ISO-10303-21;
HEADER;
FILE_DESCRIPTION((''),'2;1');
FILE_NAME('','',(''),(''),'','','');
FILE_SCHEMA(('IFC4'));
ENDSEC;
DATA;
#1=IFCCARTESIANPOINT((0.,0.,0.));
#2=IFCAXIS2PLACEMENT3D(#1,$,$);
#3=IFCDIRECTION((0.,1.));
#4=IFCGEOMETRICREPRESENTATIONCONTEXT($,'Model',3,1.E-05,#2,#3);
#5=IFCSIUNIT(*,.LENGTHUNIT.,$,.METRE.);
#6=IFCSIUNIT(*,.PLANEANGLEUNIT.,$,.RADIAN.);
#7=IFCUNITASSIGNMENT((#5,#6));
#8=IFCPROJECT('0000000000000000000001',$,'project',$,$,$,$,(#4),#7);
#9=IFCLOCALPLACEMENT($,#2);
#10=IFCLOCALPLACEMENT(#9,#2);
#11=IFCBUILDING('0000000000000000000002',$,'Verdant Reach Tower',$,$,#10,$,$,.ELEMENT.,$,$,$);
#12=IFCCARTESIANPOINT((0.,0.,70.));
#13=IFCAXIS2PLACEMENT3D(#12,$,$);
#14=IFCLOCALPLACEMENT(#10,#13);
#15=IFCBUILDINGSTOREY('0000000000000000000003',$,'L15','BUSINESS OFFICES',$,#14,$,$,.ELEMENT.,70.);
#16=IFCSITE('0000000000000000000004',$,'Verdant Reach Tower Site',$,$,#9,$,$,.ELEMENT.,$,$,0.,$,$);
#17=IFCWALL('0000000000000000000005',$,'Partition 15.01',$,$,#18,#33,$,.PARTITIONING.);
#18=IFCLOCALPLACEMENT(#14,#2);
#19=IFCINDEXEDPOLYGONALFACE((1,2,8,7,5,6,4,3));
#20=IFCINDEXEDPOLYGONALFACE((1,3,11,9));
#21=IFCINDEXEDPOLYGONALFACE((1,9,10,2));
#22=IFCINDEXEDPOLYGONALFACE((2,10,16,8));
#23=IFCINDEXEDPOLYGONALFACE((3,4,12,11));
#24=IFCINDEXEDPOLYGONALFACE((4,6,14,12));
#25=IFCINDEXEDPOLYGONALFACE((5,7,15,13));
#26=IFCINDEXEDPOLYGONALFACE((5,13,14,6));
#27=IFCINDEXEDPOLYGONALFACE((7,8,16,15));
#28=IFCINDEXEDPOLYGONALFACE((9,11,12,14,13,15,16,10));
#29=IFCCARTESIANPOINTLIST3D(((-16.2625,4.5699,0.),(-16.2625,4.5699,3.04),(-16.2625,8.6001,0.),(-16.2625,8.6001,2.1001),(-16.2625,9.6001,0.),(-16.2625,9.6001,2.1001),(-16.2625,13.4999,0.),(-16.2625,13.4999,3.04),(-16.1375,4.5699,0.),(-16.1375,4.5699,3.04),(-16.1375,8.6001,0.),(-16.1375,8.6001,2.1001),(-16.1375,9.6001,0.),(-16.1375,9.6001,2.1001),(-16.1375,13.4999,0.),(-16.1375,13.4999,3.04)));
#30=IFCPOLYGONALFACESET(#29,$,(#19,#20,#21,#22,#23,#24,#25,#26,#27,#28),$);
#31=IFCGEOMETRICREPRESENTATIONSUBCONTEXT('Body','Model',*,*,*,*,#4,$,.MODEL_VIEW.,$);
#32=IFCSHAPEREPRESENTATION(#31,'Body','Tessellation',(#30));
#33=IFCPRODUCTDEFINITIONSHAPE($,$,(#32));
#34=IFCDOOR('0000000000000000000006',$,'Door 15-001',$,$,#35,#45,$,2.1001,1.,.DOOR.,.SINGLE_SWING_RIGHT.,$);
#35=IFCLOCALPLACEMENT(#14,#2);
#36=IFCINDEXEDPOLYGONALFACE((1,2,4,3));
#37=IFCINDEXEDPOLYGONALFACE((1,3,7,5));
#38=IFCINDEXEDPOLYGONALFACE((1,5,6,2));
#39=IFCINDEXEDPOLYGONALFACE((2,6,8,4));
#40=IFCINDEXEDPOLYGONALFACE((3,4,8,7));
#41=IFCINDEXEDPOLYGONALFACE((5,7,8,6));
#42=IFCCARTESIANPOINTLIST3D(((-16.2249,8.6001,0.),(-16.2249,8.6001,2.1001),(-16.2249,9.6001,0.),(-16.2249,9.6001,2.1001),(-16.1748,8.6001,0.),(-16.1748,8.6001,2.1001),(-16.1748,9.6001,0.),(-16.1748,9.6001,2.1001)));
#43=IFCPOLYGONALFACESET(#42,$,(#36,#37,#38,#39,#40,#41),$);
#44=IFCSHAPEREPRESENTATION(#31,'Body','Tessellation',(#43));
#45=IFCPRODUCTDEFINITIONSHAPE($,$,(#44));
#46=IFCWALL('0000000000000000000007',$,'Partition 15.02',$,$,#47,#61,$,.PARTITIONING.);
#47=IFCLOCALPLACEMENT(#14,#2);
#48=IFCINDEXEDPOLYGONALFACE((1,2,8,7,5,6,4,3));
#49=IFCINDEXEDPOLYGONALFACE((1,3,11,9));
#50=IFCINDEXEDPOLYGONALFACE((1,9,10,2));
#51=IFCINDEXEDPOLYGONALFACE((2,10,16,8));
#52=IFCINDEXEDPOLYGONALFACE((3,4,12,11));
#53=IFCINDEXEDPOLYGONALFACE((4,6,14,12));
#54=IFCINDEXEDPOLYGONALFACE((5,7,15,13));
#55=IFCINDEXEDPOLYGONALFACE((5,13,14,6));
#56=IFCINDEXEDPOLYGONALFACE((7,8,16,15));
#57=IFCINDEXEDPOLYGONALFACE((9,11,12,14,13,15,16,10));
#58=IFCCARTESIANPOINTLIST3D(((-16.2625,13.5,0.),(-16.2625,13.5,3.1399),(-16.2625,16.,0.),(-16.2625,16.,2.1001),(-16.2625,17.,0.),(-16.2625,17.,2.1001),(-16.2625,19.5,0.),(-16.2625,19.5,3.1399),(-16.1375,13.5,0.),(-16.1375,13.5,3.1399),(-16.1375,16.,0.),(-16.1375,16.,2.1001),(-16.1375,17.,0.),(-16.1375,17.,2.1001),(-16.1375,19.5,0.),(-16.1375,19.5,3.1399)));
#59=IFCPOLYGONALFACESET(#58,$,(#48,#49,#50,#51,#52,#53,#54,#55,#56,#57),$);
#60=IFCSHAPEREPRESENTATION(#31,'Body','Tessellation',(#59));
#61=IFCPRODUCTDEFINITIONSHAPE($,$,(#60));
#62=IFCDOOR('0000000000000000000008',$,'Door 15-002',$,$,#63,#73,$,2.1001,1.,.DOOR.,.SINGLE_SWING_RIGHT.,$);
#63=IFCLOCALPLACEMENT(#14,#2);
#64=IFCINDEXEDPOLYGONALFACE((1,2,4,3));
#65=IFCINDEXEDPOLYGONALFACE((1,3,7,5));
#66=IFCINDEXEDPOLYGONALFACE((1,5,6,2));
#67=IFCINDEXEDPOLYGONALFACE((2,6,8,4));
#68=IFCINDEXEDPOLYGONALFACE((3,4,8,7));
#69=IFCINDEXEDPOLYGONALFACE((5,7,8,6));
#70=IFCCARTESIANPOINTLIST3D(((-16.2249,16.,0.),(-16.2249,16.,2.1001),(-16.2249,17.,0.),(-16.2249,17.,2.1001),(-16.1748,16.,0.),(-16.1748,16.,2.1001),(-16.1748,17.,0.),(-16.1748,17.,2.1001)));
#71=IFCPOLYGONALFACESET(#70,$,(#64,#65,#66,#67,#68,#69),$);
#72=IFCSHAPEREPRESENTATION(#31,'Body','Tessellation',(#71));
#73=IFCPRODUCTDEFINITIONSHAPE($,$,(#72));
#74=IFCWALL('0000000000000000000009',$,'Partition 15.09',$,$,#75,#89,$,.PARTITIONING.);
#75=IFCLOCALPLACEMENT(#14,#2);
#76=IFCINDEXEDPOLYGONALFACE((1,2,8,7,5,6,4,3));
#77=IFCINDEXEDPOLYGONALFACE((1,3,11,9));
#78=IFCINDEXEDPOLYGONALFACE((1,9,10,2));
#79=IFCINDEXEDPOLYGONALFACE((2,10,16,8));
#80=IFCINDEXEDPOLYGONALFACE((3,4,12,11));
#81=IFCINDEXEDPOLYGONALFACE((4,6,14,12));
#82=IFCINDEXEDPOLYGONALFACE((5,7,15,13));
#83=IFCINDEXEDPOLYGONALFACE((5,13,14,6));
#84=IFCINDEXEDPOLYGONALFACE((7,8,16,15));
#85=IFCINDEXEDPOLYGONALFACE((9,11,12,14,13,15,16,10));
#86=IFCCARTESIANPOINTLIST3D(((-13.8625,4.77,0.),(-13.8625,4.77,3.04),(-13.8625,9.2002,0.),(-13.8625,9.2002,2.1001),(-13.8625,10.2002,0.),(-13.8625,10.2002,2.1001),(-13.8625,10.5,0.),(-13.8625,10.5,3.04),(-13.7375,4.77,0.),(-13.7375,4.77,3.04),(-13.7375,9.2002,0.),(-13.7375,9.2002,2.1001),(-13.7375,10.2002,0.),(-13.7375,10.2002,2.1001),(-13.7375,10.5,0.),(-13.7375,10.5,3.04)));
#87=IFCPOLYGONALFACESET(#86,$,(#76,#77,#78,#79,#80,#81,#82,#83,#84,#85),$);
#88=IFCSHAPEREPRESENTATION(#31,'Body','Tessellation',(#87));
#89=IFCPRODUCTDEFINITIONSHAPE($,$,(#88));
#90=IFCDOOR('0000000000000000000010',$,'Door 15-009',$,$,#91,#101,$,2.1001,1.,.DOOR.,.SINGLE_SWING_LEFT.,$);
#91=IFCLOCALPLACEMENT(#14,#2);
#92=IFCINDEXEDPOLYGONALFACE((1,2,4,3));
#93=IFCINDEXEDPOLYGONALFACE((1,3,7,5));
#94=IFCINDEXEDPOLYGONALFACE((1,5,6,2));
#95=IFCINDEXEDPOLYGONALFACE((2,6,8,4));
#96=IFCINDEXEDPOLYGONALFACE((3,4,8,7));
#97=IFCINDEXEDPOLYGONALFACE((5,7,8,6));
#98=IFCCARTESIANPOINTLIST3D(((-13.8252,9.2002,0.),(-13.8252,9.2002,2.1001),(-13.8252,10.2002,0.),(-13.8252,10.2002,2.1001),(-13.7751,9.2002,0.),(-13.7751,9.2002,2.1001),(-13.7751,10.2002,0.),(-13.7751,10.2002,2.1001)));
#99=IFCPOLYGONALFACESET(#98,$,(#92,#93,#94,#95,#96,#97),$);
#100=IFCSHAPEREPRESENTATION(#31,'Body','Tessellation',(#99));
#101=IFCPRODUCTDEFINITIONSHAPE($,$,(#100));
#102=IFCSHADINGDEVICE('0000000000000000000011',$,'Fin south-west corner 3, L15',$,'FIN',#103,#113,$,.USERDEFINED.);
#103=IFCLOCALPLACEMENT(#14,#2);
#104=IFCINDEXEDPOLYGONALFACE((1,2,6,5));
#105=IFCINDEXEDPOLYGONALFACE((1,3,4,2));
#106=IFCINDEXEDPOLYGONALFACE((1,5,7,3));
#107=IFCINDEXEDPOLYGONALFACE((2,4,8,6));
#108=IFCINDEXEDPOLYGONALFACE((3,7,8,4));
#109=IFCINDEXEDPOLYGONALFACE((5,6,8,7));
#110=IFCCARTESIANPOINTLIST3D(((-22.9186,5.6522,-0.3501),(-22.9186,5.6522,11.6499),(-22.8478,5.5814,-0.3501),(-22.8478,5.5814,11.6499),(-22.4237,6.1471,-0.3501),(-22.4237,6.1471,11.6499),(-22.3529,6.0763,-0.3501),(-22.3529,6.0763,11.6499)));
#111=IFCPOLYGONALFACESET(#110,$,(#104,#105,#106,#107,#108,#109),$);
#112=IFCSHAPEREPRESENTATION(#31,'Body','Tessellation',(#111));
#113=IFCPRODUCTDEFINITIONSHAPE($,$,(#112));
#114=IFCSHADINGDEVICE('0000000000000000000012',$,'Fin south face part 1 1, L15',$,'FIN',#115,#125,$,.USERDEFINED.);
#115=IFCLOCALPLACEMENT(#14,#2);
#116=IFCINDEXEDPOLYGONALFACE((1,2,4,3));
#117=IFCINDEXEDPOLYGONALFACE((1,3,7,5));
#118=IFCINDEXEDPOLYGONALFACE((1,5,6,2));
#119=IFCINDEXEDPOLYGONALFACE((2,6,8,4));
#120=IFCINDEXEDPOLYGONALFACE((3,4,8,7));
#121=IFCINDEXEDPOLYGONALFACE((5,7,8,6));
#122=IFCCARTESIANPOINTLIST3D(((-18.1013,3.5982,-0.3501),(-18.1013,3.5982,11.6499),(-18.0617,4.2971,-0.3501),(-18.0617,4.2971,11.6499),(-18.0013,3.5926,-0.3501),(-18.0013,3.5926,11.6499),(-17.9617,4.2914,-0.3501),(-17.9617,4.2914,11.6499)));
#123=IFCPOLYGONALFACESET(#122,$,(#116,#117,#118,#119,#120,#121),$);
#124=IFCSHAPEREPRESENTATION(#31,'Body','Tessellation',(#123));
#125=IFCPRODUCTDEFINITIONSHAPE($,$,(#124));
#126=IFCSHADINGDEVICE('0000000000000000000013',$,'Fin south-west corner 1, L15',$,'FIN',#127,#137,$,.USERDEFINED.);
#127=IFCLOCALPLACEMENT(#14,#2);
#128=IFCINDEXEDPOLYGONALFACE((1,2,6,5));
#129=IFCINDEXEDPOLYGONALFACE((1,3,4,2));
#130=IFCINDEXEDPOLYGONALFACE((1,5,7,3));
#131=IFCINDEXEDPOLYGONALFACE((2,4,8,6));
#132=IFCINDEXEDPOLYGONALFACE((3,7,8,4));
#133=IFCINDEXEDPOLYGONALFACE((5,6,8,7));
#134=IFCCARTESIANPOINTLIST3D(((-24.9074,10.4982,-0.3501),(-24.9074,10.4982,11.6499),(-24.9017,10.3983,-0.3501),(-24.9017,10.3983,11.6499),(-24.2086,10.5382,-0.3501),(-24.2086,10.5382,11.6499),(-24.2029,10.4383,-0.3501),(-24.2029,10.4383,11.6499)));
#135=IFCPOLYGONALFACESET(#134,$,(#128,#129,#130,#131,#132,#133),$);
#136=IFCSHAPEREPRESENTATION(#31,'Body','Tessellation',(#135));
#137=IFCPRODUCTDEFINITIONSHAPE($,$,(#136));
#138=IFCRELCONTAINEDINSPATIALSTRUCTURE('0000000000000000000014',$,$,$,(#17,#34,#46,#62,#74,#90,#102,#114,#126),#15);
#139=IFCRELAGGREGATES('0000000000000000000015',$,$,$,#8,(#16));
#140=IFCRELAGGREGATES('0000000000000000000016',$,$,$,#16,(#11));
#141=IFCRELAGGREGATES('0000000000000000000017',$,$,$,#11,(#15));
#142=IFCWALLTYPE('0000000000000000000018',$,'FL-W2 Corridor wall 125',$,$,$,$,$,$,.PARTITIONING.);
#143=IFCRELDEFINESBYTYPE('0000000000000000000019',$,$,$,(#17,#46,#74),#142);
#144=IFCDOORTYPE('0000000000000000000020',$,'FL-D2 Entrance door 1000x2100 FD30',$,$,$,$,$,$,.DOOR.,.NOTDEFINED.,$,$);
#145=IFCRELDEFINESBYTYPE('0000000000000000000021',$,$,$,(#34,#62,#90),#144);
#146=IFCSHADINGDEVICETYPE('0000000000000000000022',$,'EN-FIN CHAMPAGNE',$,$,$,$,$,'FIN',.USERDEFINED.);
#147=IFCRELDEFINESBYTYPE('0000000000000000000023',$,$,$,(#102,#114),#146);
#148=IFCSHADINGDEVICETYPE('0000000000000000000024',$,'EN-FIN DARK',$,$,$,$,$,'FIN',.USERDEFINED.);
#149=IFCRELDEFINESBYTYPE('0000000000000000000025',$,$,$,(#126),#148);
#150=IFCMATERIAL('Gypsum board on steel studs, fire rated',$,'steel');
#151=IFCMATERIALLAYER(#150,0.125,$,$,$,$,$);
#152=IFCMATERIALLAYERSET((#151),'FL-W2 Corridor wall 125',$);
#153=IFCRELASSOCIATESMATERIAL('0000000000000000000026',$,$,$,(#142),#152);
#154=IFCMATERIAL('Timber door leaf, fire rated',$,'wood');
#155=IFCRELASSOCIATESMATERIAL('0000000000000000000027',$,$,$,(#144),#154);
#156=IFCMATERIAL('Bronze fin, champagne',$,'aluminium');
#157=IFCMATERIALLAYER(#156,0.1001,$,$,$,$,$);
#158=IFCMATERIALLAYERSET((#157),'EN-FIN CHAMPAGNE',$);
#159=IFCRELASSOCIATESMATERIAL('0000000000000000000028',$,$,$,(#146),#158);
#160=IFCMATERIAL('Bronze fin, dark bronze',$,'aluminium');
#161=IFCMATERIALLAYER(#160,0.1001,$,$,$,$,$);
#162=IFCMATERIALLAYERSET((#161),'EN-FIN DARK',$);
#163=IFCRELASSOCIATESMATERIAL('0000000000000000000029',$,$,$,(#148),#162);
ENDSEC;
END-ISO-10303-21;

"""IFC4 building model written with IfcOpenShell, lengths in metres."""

from ifc_helpers import new_model, si_unit, direction, frame, frame_2d, origin, origin_2d, place, context, subcontext, project, spatial, rectangle, extrude, material, layer, layer_set, type_object, element, fill, save


model = new_model("IFC4")

# Units and contexts
model_context = context("Model", 3, precision=1e-05, world=origin(), true_north=direction((0.0, 1.0)))
body_context = subcontext(model_context, "Body", "Model", "MODEL_VIEW")
ifc_project = project(units=[si_unit("LENGTHUNIT", "METRE"), si_unit("PLANEANGLEUNIT", "RADIAN")], contexts=[model_context])

# Site, building, storey
site_placement = place(None, origin())
site = spatial("IfcSite", under=ifc_project, at=site_placement, Name="Verdant Reach Tower Site", CompositionType="ELEMENT", RefElevation=0.0)
building_placement = place(site_placement, origin())
building = spatial("IfcBuilding", under=site, at=building_placement, Name="Verdant Reach Tower", CompositionType="ELEMENT")
storey_placement = place(building_placement, frame((0.0, 0.0, 70.0)))
storey = spatial("IfcBuildingStorey", under=building, at=storey_placement, Name="L15", Description="BUSINESS OFFICES", CompositionType="ELEMENT", Elevation=70.0)

# Walls, openings, doors
ifc_material_1 = material(Name="Gypsum board on steel studs, fire rated", Category="steel")
ifc_layer_1 = layer(ifc_material_1, 0.125)
ifc_layer_set_1 = layer_set([ifc_layer_1], Name="FL-W2 Corridor wall 125")
wall_type = type_object("IfcWallType", Name="FL-W2 Corridor wall 125", PredefinedType="PARTITIONING", material=ifc_layer_set_1)
wall_1_placement = place(storey_placement, frame((-16.2, 4.5701, 0.0), z_axis=(0.0, 0.0, 1.0), x_axis=(0.0, 1.0, 0.0)))
wall_1 = element("IfcWall", 1, at=wall_1_placement, inside=storey, type_object=wall_type, Name="Partition 15.01", PredefinedType="PARTITIONING", context=body_context, shape_type="SweptSolid", body=[
    extrude(rectangle(XDim=8.9299, YDim=0.125, at=frame_2d((4.4648, 0.0))), origin(), (0.0, 0.0, 1.0), 3.04),
])
opening_1_placement = place(wall_1_placement, frame((4.03, 0.0, 0.0)))
opening_1 = element("IfcOpeningElement", 2, at=opening_1_placement, cuts=wall_1, PredefinedType="OPENING", context=body_context, shape_type="SweptSolid", body=[
    extrude(rectangle(XDim=1.0, YDim=2.1001, at=frame_2d((0.5, 1.05))), frame((0.0, 0.0725, 0.0), z_axis=(0.0, -1.0, 0.0), x_axis=(1.0, 0.0, 0.0)), (0.0, 0.0, 1.0), 0.145),
])
ifc_material_2 = material(Name="Timber door leaf, fire rated", Category="wood")
door_type = type_object("IfcDoorType", Name="FL-D2 Entrance door 1000x2100 FD30", OperationType="NOTDEFINED", PredefinedType="DOOR", material=ifc_material_2)
door_1_placement = place(opening_1_placement, origin())
door_1 = element("IfcDoor", 3, at=door_1_placement, inside=storey, type_object=door_type, Name="Door 15-001", OperationType="SINGLE_SWING_RIGHT", OverallHeight=2.1001, OverallWidth=1.0, PredefinedType="DOOR", context=body_context, shape_type="SweptSolid", body=[
    extrude(rectangle(XDim=1.0, YDim=2.1001, at=frame_2d((0.5, 1.05))), frame((0.0, 0.0249, 0.0), z_axis=(0.0, -1.0, 0.0), x_axis=(1.0, 0.0, 0.0)), (0.0, 0.0, 1.0), 0.05),
])
fill(opening_1, door_1)
wall_2_placement = place(storey_placement, frame((-16.2, 13.5, 0.0), z_axis=(0.0, 0.0, 1.0), x_axis=(0.0, 1.0, 0.0)))
wall_2 = element("IfcWall", 4, at=wall_2_placement, inside=storey, type_object=wall_type, Name="Partition 15.02", PredefinedType="PARTITIONING", context=body_context, shape_type="SweptSolid", body=[
    extrude(rectangle(XDim=6.0, YDim=0.125, at=frame_2d((3.0, 0.0))), origin(), (0.0, 0.0, 1.0), 3.1399),
])
opening_2_placement = place(wall_2_placement, frame((2.5, 0.0, 0.0)))
opening_2 = element("IfcOpeningElement", 5, at=opening_2_placement, cuts=wall_2, PredefinedType="OPENING", context=body_context, shape_type="SweptSolid", body=[
    extrude(rectangle(XDim=1.0, YDim=2.1001, at=frame_2d((0.5, 1.05))), frame((0.0, 0.0725, 0.0), z_axis=(0.0, -1.0, 0.0), x_axis=(1.0, 0.0, 0.0)), (0.0, 0.0, 1.0), 0.145),
])
door_2_placement = place(opening_2_placement, origin())
door_2 = element("IfcDoor", 6, at=door_2_placement, inside=storey, type_object=door_type, Name="Door 15-002", OperationType="SINGLE_SWING_RIGHT", OverallHeight=2.1001, OverallWidth=1.0, PredefinedType="DOOR", context=body_context, shape_type="SweptSolid", body=[
    extrude(rectangle(XDim=1.0, YDim=2.1001, at=frame_2d((0.5, 1.05))), frame((0.0, 0.0249, 0.0), z_axis=(0.0, -1.0, 0.0), x_axis=(1.0, 0.0, 0.0)), (0.0, 0.0, 1.0), 0.05),
])
fill(opening_2, door_2)
wall_3_placement = place(storey_placement, frame((-13.8, 10.5, 0.0), z_axis=(0.0, 0.0, 1.0), x_axis=(0.0, -1.0, 0.0)))
wall_3 = element("IfcWall", 7, at=wall_3_placement, inside=storey, type_object=wall_type, Name="Partition 15.09", PredefinedType="PARTITIONING", context=body_context, shape_type="SweptSolid", body=[
    extrude(rectangle(XDim=5.73, YDim=0.125, at=frame_2d((2.865, 0.0))), origin(), (0.0, 0.0, 1.0), 3.04),
])
opening_3_placement = place(wall_3_placement, frame((0.2998, 0.0, 0.0)))
opening_3 = element("IfcOpeningElement", 8, at=opening_3_placement, cuts=wall_3, PredefinedType="OPENING", context=body_context, shape_type="SweptSolid", body=[
    extrude(rectangle(XDim=1.0, YDim=2.1001, at=frame_2d((0.5, 1.05))), frame((0.0, 0.0725, 0.0), z_axis=(0.0, -1.0, 0.0), x_axis=(1.0, 0.0, 0.0)), (0.0, 0.0, 1.0), 0.145),
])
door_3_placement = place(opening_3_placement, origin())
door_3 = element("IfcDoor", 9, at=door_3_placement, inside=storey, type_object=door_type, Name="Door 15-009", OperationType="SINGLE_SWING_LEFT", OverallHeight=2.1001, OverallWidth=1.0, PredefinedType="DOOR", context=body_context, shape_type="SweptSolid", body=[
    extrude(rectangle(XDim=1.0, YDim=2.1001, at=frame_2d((0.5, 1.05))), frame((0.0, 0.0249, 0.0), z_axis=(0.0, -1.0, 0.0), x_axis=(1.0, 0.0, 0.0)), (0.0, 0.0, 1.0), 0.05),
])
fill(opening_3, door_3)

# Shading devices
ifc_material_3 = material(Name="Bronze fin, champagne", Category="aluminium")
ifc_layer_2 = layer(ifc_material_3, 0.1001)
ifc_layer_set_2 = layer_set([ifc_layer_2], Name="EN-FIN CHAMPAGNE")
shading_device_type_1 = type_object("IfcShadingDeviceType", Name="EN-FIN CHAMPAGNE", ElementType="FIN", PredefinedType="USERDEFINED", material=ifc_layer_set_2)
for number, where, z_axis, x_axis, name in (
    (10, (-22.6357, 5.8643, -0.3501), (0.0, 0.0, 1.0), (0.707107, -0.707107, 0.0), "Fin south-west corner 3, L15"),
    (11, (-18.0315, 3.9448, -0.3501), (0.0, 0.0, 1.0), (0.998399, -0.056569, 0.0), "Fin south face part 1 1, L15"),
):
    element("IfcShadingDevice", number, at=place(storey_placement, frame(where, z_axis=z_axis, x_axis=x_axis)), inside=storey, type_object=shading_device_type_1, Name=name, ObjectType="FIN", PredefinedType="USERDEFINED", context=body_context, shape_type="SweptSolid", body=[
        extrude(rectangle(XDim=0.1001, YDim=0.7, at=origin_2d()), origin(), (0.0, 0.0, 1.0), 12.0),
    ])
ifc_material_4 = material(Name="Bronze fin, dark bronze", Category="aluminium")
ifc_layer_3 = layer(ifc_material_4, 0.1001)
ifc_layer_set_3 = layer_set([ifc_layer_3], Name="EN-FIN DARK")
shading_device_type_2 = type_object("IfcShadingDeviceType", Name="EN-FIN DARK", ElementType="FIN", PredefinedType="USERDEFINED", material=ifc_layer_set_3)
shading_device_placement = place(storey_placement, frame((-24.5552, 10.4683, -0.3501), z_axis=(0.0, 0.0, 1.0), x_axis=(0.057135, -0.998366, 0.0)))
element("IfcShadingDevice", 12, at=shading_device_placement, inside=storey, type_object=shading_device_type_2, Name="Fin south-west corner 1, L15", ObjectType="FIN", PredefinedType="USERDEFINED", context=body_context, shape_type="SweptSolid", body=[
    extrude(rectangle(XDim=0.1001, YDim=0.7, at=origin_2d()), origin(), (0.0, 0.0, 1.0), 12.0),
])

save(model, "model.ifc")
